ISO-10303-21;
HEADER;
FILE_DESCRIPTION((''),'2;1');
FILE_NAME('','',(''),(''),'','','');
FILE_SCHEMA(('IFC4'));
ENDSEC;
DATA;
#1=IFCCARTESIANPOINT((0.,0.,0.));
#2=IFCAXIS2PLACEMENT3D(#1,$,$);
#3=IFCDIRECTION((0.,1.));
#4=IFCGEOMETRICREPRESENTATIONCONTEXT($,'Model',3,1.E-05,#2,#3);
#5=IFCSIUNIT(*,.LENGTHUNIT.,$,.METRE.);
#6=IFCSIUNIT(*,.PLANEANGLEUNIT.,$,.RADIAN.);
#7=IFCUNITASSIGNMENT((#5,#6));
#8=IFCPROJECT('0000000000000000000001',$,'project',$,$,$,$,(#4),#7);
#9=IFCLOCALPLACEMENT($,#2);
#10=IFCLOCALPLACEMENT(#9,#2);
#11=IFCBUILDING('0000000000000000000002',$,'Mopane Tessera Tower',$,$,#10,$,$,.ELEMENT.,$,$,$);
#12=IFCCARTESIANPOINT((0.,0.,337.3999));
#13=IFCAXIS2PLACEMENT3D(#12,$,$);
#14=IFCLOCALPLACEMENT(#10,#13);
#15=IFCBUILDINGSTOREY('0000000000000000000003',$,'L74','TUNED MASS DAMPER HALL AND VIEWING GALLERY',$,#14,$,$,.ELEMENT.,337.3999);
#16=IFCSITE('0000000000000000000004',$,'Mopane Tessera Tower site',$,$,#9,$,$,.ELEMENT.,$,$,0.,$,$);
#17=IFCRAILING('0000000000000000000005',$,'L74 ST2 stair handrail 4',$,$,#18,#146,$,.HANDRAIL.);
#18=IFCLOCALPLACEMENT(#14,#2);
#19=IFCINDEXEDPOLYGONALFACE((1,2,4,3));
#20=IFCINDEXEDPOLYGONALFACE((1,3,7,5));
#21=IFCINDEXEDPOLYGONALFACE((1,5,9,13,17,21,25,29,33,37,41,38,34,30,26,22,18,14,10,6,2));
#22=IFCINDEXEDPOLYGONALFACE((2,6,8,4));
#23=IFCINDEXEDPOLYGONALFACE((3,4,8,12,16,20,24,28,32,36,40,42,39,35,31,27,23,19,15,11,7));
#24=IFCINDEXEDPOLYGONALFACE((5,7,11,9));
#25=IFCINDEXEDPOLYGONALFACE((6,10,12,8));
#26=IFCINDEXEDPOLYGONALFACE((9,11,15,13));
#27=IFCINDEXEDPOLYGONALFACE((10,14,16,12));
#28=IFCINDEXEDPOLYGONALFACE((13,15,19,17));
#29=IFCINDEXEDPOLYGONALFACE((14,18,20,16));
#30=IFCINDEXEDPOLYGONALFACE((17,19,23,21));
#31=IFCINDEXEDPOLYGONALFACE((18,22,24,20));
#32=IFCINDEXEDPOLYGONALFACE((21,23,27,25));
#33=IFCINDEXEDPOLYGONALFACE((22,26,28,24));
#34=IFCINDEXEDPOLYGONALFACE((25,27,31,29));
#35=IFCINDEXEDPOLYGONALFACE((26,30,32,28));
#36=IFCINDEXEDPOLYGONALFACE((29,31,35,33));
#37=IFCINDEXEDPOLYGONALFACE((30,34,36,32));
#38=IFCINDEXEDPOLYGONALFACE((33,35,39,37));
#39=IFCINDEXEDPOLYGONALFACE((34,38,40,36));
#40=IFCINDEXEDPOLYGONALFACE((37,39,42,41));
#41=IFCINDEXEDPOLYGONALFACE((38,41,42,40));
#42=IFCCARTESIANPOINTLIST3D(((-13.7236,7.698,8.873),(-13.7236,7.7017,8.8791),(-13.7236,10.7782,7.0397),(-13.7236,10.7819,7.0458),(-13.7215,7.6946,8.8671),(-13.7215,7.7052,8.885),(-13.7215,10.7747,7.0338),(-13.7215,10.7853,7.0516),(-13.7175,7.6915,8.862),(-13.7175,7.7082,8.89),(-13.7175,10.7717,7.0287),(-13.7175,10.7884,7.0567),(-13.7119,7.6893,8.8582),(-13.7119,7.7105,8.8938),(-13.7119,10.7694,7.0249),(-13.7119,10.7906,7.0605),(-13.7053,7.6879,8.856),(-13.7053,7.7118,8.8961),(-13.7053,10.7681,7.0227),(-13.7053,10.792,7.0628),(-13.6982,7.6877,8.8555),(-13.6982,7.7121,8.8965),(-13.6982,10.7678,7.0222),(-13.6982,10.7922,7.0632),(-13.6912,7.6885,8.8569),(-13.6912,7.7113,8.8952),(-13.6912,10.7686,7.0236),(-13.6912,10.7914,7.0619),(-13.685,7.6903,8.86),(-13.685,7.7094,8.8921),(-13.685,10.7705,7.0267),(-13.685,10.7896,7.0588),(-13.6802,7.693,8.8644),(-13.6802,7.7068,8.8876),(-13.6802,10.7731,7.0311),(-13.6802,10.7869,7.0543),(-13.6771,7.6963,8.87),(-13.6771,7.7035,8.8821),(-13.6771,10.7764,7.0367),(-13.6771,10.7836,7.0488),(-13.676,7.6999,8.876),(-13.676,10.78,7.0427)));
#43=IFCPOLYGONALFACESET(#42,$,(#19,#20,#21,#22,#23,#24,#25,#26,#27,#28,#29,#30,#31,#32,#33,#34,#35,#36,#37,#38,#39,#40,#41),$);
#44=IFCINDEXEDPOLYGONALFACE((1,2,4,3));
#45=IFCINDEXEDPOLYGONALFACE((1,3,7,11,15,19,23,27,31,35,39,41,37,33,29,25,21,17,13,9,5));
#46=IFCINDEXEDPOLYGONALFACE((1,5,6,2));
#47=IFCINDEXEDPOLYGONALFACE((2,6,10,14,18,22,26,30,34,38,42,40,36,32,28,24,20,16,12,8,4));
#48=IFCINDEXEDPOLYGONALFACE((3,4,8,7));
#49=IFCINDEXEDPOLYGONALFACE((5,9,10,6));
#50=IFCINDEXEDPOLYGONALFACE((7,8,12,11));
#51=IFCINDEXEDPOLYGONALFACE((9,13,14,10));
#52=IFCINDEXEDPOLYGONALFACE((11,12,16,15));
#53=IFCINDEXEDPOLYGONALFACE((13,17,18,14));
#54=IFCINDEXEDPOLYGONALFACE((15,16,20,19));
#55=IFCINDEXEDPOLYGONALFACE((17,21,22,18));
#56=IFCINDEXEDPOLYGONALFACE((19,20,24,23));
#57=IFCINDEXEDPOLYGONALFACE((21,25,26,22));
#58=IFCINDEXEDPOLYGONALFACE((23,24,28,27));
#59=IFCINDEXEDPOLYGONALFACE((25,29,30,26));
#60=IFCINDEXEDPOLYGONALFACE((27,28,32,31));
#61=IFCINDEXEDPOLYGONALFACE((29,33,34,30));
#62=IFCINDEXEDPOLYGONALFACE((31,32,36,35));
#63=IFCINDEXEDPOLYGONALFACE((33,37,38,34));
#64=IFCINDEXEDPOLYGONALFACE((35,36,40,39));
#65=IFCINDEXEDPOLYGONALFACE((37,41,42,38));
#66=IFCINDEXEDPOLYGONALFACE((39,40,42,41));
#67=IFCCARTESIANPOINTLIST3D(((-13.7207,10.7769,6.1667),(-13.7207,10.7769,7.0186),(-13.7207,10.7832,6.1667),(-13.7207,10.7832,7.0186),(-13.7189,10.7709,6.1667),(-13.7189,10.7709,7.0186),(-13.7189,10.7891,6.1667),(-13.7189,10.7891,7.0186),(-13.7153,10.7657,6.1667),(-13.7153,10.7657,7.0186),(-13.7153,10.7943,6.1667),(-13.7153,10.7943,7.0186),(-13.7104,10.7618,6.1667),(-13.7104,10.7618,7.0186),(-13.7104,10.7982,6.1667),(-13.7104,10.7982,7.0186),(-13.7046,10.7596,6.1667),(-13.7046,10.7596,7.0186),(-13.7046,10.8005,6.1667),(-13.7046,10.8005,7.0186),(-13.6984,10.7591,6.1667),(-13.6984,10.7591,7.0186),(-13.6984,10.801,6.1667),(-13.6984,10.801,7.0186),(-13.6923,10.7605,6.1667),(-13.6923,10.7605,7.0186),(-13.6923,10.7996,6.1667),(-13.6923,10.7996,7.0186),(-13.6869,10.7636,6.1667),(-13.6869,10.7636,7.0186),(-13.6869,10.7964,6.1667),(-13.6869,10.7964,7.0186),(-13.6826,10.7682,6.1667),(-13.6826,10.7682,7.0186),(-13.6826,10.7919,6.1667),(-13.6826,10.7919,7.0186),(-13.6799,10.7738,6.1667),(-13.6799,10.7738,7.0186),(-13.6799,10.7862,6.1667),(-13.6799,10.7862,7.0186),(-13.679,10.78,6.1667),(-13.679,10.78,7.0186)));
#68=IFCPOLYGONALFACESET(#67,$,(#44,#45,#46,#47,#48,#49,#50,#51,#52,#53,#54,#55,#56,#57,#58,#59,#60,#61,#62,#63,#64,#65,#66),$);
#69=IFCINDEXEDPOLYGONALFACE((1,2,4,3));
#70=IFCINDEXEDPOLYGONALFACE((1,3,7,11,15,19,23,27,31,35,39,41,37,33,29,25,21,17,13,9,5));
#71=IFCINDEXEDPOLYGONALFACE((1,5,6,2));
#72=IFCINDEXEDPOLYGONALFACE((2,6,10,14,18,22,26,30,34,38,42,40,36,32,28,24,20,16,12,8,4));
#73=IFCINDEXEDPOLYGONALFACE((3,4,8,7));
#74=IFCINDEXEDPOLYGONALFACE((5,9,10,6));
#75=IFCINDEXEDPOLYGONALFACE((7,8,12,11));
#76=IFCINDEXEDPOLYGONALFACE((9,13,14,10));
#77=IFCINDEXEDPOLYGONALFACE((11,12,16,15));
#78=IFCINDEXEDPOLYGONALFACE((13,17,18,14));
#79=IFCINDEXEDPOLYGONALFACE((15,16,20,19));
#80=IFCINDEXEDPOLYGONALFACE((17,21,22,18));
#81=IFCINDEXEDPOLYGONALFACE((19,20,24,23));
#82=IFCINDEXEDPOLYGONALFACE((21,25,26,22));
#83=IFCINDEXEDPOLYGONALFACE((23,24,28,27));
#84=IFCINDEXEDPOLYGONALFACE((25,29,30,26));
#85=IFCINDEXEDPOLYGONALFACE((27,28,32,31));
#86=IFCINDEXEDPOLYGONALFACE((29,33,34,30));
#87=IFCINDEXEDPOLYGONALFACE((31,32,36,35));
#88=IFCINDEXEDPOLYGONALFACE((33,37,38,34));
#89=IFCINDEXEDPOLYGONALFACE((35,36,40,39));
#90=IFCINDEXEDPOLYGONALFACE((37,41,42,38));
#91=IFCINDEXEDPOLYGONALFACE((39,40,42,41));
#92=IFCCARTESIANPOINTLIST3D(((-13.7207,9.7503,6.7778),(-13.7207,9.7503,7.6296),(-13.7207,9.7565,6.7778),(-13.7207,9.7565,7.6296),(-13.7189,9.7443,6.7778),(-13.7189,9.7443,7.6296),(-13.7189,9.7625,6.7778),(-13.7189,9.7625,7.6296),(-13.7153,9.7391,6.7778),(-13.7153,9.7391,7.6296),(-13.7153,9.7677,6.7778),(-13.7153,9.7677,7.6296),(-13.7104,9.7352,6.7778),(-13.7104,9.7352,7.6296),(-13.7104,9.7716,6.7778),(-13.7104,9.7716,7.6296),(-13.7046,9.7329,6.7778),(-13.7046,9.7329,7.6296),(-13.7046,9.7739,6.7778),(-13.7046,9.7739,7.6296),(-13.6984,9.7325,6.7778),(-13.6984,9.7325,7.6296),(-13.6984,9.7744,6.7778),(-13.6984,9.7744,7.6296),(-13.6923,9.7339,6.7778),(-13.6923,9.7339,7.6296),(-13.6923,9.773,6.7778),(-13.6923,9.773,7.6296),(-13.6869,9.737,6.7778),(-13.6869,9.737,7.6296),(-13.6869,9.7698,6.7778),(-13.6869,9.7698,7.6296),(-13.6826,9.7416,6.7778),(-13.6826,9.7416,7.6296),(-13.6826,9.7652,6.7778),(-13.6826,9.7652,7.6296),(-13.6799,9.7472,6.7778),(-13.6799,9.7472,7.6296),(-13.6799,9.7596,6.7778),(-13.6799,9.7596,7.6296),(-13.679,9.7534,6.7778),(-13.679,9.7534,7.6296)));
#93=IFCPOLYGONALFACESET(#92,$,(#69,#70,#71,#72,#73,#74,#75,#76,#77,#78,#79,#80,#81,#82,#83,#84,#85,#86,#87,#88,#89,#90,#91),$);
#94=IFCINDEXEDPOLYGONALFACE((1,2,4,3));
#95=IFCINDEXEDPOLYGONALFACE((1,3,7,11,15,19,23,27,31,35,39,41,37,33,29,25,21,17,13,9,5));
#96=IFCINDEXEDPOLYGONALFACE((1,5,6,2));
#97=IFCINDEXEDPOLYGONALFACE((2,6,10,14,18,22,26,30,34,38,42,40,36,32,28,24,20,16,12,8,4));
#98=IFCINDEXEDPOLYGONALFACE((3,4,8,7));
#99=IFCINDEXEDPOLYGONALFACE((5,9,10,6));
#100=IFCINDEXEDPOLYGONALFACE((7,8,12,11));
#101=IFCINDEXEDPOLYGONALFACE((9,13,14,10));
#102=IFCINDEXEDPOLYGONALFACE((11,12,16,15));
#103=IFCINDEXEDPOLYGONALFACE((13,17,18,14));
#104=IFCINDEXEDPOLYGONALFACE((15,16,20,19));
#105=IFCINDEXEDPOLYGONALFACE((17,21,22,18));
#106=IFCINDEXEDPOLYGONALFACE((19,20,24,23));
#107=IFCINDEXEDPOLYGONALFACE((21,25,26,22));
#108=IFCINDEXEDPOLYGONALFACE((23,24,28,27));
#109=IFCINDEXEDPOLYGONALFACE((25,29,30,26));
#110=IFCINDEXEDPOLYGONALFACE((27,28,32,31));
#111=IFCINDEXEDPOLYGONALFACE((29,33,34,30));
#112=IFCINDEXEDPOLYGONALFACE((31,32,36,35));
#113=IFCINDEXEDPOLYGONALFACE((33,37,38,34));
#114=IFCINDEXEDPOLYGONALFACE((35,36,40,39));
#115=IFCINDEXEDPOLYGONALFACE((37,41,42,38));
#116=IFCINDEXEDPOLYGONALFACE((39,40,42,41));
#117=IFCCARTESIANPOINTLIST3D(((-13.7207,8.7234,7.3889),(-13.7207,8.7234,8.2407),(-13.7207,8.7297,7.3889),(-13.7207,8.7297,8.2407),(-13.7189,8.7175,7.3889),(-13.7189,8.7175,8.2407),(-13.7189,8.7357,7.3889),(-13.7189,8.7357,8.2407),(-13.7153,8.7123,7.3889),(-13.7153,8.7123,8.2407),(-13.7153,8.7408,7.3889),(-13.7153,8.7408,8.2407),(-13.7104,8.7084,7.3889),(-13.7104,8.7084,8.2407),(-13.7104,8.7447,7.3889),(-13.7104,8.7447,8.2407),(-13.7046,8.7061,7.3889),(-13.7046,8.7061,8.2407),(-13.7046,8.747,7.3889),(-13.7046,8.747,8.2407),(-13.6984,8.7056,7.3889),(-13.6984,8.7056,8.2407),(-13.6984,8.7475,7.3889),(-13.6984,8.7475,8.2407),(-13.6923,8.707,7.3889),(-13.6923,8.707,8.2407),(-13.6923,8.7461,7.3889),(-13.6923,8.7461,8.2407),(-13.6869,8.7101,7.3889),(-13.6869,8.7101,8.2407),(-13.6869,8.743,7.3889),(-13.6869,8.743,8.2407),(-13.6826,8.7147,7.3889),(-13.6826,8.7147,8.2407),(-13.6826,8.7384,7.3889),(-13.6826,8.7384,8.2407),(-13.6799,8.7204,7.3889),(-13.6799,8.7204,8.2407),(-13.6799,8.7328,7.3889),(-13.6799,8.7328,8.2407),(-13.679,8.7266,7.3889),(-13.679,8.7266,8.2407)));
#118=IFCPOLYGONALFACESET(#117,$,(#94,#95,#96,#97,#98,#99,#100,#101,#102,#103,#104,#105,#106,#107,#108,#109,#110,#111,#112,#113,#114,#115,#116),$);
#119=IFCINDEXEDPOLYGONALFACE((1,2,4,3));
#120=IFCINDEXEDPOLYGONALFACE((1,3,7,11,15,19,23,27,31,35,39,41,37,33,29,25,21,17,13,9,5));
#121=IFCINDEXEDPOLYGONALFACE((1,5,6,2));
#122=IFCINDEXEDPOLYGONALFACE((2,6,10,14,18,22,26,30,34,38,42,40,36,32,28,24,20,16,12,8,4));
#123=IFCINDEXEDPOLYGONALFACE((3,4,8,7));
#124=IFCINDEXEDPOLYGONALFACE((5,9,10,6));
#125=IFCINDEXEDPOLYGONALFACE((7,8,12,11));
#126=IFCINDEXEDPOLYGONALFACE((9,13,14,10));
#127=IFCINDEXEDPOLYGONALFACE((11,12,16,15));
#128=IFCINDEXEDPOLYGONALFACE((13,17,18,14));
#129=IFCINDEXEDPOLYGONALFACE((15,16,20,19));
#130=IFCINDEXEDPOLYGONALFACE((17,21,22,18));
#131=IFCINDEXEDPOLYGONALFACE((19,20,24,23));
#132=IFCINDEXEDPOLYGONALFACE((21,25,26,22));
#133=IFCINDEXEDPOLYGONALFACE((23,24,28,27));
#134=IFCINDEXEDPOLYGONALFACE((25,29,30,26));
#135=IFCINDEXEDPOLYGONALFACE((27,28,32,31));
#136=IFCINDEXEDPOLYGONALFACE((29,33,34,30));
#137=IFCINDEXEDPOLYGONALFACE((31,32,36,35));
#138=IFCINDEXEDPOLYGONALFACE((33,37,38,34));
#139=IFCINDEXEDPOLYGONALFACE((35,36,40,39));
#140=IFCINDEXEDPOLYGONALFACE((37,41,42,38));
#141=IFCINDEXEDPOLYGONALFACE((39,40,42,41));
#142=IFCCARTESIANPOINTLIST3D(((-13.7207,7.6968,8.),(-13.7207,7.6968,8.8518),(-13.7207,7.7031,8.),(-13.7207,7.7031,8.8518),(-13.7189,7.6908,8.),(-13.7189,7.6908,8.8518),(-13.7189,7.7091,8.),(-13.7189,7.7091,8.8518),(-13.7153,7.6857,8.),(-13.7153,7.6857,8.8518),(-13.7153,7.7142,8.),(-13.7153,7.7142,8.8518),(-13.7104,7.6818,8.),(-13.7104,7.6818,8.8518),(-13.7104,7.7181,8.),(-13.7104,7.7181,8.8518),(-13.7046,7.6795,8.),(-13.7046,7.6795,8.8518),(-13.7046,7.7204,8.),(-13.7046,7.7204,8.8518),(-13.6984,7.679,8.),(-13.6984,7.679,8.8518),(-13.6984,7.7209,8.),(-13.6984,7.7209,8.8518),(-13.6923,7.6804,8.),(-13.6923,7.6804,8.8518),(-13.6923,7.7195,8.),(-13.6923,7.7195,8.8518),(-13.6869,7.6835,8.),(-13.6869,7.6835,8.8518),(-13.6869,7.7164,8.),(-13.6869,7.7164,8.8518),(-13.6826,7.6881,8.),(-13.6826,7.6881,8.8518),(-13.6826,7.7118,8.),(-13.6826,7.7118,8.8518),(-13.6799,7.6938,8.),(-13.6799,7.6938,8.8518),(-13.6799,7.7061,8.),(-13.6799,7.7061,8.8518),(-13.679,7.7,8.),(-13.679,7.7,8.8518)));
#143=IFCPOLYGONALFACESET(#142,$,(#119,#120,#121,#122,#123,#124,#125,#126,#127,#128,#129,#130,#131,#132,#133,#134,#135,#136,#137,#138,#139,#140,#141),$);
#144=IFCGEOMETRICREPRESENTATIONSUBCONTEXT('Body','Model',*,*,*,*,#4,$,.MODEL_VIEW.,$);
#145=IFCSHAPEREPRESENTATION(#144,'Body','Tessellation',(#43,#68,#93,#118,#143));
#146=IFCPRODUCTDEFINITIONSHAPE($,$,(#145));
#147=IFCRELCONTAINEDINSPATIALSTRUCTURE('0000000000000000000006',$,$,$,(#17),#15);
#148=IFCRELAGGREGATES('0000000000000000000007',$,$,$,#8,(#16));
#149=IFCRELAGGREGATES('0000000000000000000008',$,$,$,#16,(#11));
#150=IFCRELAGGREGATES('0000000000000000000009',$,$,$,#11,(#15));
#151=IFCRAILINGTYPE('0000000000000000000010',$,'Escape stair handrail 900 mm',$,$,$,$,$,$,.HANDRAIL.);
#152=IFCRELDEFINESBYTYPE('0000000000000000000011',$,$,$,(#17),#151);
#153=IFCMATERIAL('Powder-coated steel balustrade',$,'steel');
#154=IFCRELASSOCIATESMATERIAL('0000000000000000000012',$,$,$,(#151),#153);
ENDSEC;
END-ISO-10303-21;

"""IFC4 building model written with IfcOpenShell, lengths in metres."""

from ifc_helpers import new_model, si_unit, direction, frame, origin, origin_2d, place, context, subcontext, project, spatial, circle, extrude, material, type_object, element, save


model = new_model("IFC4")

# Units and contexts
model_context = context("Model", 3, precision=1e-05, world=origin(), true_north=direction((0.0, 1.0)))
body_context = subcontext(model_context, "Body", "Model", "MODEL_VIEW")
ifc_project = project(units=[si_unit("LENGTHUNIT", "METRE"), si_unit("PLANEANGLEUNIT", "RADIAN")], contexts=[model_context])

# Site, building, storey
site_placement = place(None, origin())
site = spatial("IfcSite", under=ifc_project, at=site_placement, Name="Mopane Tessera Tower site", CompositionType="ELEMENT", RefElevation=0.0)
building_placement = place(site_placement, origin())
building = spatial("IfcBuilding", under=site, at=building_placement, Name="Mopane Tessera Tower", CompositionType="ELEMENT")
storey_placement = place(building_placement, frame((0.0, 0.0, 337.3999)))
storey = spatial("IfcBuildingStorey", under=building, at=storey_placement, Name="L74", Description="TUNED MASS DAMPER HALL AND VIEWING GALLERY", CompositionType="ELEMENT", Elevation=337.3999)

# Railing
ifc_material_1 = material(Name="Powder-coated steel balustrade", Category="steel")
railing_type_1 = type_object("IfcRailingType", Name="Escape stair handrail 900 mm", PredefinedType="HANDRAIL", material=ifc_material_1)
for number, where, name in (
    (1, (-13.7, 10.78, 6.1667), "L74 ST2 stair handrail 4"),
):
    element("IfcRailing", number, at=place(storey_placement, frame(where)), inside=storey, type_object=railing_type_1, Name=name, PredefinedType="HANDRAIL", context=body_context, shape_type="SweptSolid", body=[
        extrude(circle(Radius=0.0239, at=origin_2d()), frame((0.0, 0.0, 0.876), z_axis=(0.0, -0.859309, 0.511458), x_axis=(1.0, 0.0, 0.0)), (0.0, 0.0, 1.0), 3.5845),
        extrude(circle(Radius=0.021, at=origin_2d()), origin(), (0.0, 0.0, 1.0), 0.8518),
        extrude(circle(Radius=0.021, at=origin_2d()), frame((0.0, -1.0266, 0.6111)), (0.0, 0.0, 1.0), 0.8518),
        extrude(circle(Radius=0.021, at=origin_2d()), frame((0.0, -2.0535, 1.2222)), (0.0, 0.0, 1.0), 0.8518),
        extrude(circle(Radius=0.021, at=origin_2d()), frame((0.0, -3.0801, 1.8333)), (0.0, 0.0, 1.0), 0.8518),
    ])

save(model, "model.ifc")
